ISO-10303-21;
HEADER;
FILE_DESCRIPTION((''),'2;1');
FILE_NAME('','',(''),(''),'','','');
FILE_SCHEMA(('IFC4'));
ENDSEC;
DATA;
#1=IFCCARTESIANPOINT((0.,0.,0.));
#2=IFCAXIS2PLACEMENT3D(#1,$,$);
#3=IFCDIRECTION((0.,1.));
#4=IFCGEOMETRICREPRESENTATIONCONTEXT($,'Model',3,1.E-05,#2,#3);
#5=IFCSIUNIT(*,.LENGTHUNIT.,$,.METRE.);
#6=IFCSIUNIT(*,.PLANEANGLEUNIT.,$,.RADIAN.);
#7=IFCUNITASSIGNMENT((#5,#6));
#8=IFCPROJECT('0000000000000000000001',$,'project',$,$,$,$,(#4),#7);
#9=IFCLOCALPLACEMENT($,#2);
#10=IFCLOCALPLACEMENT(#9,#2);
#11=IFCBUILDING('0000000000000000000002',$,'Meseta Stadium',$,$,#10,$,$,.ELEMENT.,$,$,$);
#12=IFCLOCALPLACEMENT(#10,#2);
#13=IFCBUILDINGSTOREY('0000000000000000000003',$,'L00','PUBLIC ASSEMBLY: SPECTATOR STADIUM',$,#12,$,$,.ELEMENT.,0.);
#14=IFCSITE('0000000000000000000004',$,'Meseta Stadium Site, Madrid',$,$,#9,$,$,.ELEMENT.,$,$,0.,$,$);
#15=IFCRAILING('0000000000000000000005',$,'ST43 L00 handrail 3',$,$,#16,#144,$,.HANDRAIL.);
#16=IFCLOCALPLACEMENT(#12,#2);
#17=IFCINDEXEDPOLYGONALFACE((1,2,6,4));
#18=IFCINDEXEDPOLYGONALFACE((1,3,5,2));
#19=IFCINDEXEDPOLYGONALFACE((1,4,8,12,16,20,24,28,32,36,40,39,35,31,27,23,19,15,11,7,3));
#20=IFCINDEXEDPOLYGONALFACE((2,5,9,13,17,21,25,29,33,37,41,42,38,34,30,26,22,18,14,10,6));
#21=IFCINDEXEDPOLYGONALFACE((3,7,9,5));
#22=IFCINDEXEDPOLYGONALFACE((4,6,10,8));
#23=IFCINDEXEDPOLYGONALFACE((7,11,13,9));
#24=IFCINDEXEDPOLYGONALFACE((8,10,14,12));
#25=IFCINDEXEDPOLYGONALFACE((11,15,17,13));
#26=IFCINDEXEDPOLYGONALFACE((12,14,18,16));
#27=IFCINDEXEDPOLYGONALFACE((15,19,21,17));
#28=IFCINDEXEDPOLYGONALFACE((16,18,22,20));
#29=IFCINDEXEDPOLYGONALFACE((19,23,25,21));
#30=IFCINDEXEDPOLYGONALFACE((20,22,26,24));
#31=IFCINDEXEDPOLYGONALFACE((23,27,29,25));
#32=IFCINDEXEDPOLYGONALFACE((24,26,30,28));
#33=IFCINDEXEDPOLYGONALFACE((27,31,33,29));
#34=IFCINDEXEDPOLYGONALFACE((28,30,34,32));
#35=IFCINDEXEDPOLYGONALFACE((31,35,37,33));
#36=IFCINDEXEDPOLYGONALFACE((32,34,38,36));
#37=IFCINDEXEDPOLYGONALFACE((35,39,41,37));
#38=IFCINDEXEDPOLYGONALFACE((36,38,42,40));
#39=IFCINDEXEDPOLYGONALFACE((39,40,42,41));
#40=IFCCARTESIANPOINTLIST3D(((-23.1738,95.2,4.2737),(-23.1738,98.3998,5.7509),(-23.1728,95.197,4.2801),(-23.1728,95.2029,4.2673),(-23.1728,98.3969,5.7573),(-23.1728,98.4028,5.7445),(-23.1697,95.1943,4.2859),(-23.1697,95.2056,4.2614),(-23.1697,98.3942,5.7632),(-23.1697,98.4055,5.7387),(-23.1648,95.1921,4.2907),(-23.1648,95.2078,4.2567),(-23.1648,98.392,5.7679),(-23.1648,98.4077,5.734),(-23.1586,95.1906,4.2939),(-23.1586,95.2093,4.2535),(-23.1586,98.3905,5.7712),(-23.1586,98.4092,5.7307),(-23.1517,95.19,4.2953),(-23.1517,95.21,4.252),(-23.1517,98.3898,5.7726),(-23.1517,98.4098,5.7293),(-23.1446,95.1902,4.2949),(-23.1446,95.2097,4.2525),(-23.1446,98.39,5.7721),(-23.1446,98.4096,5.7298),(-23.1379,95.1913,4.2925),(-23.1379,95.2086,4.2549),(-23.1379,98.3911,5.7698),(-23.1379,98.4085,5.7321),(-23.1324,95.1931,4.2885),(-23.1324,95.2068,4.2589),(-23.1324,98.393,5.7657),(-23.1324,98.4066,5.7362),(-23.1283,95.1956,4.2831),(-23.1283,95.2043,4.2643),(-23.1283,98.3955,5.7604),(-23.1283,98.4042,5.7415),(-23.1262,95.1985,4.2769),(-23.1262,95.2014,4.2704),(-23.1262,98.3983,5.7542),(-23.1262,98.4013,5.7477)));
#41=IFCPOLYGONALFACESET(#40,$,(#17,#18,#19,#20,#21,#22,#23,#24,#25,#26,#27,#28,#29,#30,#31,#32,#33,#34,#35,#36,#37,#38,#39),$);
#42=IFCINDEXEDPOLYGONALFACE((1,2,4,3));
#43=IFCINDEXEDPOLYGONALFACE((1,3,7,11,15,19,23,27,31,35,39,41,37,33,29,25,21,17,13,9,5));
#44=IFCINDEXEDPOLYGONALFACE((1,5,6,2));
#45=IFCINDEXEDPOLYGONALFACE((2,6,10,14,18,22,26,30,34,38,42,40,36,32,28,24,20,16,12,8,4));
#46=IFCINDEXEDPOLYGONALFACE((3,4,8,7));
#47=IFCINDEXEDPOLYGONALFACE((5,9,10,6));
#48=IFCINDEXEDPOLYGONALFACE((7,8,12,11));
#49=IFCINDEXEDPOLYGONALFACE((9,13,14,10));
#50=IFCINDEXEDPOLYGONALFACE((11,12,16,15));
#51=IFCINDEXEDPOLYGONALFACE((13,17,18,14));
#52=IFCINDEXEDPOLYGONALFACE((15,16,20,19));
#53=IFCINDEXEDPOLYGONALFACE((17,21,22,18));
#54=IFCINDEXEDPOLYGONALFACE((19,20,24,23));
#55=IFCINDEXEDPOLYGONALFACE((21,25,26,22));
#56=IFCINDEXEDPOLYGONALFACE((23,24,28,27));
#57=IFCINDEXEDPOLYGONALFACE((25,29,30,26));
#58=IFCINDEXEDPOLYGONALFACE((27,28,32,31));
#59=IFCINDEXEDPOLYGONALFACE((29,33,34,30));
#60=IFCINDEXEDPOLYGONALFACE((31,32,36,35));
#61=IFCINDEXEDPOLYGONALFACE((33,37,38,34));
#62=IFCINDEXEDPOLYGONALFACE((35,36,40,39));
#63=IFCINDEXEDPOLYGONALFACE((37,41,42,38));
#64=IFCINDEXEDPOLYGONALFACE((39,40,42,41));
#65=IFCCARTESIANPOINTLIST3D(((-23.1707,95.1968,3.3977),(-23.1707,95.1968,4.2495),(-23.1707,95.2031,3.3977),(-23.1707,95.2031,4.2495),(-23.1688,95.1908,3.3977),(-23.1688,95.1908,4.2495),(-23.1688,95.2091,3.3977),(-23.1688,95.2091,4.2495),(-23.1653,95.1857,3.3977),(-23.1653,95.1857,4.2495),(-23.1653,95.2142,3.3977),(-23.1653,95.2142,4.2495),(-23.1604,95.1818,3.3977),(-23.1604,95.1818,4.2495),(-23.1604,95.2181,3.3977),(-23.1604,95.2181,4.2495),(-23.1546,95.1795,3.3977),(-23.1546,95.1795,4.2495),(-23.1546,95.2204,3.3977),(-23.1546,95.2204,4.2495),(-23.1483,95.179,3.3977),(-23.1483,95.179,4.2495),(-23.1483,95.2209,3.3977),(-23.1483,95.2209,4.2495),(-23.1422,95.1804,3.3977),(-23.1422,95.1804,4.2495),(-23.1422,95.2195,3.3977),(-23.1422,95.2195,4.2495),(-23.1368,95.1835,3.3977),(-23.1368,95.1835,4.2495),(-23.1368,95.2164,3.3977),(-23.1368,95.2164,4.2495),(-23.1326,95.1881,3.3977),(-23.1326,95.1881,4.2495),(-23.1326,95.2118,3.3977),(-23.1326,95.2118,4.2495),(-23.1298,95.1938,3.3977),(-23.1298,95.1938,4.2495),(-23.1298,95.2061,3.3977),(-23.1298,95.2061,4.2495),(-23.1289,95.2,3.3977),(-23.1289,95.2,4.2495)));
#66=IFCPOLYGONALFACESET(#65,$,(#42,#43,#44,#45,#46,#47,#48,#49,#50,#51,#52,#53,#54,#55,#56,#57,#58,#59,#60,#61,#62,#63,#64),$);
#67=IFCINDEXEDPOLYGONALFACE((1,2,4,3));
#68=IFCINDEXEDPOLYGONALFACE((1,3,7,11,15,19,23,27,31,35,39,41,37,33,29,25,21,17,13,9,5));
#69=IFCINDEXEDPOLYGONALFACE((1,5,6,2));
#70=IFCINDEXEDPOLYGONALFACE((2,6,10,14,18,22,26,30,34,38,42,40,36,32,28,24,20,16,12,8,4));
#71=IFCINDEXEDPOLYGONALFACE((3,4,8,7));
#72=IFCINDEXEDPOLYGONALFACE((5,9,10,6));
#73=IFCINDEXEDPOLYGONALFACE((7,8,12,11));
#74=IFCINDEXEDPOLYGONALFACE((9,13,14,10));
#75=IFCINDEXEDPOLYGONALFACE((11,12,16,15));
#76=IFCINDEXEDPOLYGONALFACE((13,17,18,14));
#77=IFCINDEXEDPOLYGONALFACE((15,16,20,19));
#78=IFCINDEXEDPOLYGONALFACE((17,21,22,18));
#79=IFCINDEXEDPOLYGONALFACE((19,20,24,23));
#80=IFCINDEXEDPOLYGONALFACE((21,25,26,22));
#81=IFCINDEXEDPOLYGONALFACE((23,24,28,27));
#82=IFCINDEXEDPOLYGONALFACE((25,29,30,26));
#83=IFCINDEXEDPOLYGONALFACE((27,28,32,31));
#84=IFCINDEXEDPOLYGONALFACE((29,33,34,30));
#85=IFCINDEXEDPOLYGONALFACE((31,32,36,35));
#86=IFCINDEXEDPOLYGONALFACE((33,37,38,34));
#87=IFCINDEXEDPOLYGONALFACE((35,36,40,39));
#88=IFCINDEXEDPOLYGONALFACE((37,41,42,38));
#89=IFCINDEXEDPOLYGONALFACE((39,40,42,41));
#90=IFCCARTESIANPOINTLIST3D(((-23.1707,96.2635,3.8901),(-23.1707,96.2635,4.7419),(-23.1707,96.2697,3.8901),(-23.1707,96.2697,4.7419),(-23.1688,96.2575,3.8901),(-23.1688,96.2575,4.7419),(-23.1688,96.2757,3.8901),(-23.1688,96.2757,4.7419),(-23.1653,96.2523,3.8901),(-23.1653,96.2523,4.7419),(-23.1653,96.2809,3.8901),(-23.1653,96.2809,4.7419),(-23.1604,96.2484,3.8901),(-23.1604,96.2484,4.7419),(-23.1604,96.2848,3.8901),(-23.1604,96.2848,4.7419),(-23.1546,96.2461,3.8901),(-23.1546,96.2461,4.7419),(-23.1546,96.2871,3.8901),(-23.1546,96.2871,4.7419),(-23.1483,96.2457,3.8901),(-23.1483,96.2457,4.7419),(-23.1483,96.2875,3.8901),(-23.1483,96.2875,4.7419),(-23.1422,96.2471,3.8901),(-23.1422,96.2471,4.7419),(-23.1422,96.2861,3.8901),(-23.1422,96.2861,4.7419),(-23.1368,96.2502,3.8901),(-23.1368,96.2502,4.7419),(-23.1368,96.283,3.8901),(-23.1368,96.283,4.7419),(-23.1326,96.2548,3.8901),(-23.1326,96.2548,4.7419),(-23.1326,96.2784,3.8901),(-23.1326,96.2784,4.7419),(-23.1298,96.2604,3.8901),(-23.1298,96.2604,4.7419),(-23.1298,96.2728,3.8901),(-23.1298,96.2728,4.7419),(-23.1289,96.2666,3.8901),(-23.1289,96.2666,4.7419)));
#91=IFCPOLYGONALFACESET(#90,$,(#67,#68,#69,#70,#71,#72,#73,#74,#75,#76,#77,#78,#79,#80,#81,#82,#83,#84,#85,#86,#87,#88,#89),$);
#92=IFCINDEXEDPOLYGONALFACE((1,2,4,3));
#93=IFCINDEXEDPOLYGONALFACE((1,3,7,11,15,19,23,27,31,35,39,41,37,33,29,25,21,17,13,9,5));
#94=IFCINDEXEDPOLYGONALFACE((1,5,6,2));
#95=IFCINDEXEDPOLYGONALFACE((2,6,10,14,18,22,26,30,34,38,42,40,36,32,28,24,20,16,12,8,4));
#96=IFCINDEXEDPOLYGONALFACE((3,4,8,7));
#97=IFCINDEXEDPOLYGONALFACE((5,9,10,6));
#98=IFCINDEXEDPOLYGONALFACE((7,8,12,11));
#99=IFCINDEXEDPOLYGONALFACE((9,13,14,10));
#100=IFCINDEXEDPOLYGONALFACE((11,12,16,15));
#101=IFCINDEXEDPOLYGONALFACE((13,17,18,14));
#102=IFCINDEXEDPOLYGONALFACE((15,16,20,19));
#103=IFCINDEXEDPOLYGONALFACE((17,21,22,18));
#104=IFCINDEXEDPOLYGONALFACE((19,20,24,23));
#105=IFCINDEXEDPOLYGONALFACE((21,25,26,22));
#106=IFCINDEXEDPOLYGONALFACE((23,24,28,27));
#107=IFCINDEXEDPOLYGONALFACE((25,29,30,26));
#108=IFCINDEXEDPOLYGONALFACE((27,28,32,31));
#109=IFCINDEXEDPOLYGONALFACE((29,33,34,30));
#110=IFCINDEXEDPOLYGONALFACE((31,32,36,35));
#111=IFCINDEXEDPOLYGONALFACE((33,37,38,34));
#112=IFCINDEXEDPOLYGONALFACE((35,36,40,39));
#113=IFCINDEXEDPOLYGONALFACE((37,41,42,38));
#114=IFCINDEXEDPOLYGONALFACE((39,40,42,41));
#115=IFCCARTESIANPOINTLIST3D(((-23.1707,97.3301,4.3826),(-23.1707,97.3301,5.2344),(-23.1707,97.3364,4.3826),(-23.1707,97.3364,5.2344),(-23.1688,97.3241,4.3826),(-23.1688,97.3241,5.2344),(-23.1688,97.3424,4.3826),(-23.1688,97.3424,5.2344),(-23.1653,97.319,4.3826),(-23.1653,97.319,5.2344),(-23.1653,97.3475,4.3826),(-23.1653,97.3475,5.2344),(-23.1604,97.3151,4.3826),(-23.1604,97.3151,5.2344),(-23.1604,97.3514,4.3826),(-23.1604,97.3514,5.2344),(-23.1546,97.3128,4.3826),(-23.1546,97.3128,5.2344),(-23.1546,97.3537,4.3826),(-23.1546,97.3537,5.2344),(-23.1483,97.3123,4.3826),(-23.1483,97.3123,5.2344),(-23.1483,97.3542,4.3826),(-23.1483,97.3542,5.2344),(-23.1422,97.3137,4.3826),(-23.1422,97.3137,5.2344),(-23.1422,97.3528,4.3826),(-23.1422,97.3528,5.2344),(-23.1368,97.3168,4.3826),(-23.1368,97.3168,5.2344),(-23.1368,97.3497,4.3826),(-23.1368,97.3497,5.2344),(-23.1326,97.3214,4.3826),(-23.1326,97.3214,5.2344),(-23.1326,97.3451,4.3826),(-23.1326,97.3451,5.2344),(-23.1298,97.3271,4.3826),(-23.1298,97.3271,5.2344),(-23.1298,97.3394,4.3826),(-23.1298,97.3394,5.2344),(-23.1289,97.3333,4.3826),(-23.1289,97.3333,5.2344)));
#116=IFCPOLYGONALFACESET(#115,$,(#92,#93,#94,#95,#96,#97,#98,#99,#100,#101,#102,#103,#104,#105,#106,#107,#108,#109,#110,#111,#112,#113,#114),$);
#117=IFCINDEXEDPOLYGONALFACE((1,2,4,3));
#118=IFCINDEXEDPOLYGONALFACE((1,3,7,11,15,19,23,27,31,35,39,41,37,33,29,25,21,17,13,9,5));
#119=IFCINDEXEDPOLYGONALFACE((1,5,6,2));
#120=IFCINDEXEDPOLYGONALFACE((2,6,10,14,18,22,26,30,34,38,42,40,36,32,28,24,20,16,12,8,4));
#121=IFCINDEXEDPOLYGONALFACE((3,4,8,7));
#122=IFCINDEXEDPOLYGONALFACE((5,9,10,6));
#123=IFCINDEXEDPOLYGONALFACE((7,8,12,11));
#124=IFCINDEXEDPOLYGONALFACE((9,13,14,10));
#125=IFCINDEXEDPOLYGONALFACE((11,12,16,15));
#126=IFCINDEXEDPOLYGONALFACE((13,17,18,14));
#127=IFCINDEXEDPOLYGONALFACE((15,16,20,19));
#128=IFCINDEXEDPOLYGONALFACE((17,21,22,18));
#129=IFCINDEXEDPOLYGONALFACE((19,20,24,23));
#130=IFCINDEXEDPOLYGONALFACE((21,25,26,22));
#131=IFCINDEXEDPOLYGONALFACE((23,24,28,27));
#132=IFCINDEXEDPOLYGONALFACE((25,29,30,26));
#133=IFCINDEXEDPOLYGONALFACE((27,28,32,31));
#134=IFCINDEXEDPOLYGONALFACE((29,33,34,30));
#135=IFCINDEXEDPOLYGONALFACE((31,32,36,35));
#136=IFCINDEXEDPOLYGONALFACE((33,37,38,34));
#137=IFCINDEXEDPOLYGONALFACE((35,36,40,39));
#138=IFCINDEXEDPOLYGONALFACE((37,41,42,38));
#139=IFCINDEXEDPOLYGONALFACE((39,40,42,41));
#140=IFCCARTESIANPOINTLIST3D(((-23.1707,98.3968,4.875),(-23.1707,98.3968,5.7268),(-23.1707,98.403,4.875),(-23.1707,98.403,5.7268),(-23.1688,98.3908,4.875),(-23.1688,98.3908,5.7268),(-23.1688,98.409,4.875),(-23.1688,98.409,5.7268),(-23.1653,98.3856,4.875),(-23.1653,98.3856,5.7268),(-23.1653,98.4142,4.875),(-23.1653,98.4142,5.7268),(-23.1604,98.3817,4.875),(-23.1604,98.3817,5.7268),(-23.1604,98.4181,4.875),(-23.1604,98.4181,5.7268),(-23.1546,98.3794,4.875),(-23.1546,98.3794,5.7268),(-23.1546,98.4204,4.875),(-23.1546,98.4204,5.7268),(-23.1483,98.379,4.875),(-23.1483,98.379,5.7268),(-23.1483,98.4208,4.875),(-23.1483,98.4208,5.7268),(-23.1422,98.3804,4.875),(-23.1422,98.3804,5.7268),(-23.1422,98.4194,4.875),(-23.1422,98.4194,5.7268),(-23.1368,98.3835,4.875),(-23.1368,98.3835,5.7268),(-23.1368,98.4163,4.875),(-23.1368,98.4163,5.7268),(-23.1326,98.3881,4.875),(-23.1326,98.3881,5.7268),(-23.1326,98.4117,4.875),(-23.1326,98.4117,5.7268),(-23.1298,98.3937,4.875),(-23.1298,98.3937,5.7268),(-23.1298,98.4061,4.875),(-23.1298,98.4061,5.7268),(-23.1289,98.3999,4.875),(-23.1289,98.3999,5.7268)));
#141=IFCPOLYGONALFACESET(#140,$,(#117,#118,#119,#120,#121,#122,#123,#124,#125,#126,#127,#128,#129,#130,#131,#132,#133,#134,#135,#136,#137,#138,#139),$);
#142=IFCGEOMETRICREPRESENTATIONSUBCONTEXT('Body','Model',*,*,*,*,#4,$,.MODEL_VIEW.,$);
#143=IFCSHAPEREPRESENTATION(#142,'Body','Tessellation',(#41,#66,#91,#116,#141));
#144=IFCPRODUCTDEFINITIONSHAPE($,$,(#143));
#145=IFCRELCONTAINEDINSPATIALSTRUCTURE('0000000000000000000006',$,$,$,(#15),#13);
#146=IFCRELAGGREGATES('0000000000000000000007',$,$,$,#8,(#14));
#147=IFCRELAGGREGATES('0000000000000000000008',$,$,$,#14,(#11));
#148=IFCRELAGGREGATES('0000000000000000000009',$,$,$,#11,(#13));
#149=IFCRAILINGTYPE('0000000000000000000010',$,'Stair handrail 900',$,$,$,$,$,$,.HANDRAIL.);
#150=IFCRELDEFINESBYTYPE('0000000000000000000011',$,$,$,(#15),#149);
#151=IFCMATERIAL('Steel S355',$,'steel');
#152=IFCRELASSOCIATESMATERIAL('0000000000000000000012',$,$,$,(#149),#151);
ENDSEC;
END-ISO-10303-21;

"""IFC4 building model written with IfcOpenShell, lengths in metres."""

from ifc_helpers import new_model, si_unit, direction, frame, origin, origin_2d, place, context, subcontext, project, spatial, circle, extrude, material, type_object, element, save


model = new_model("IFC4")

# Units and contexts
model_context = context("Model", 3, precision=1e-05, world=origin(), true_north=direction((0.0, 1.0)))
body_context = subcontext(model_context, "Body", "Model", "MODEL_VIEW")
ifc_project = project(units=[si_unit("LENGTHUNIT", "METRE"), si_unit("PLANEANGLEUNIT", "RADIAN")], contexts=[model_context])

# Site, building, storey
site_placement = place(None, origin())
site = spatial("IfcSite", under=ifc_project, at=site_placement, Name="Meseta Stadium Site, Madrid", CompositionType="ELEMENT", RefElevation=0.0)
building_placement = place(site_placement, origin())
building = spatial("IfcBuilding", under=site, at=building_placement, Name="Meseta Stadium", CompositionType="ELEMENT")
storey_placement = place(building_placement, origin())
storey = spatial("IfcBuildingStorey", under=building, at=storey_placement, Name="L00", Description="PUBLIC ASSEMBLY: SPECTATOR STADIUM", CompositionType="ELEMENT", Elevation=0.0)

# Railing
ifc_material_1 = material(Name="Steel S355", Category="steel")
railing_type_1 = type_object("IfcRailingType", Name="Stair handrail 900", PredefinedType="HANDRAIL", material=ifc_material_1)
railing_1_placement = place(storey_placement, frame((-23.1499, 95.2, 3.3977)))
element("IfcRailing", 1, at=railing_1_placement, inside=storey, type_object=railing_type_1, Name="ST43 L00 handrail 3", PredefinedType="HANDRAIL", context=body_context, shape_type="SweptSolid", body=[
    extrude(circle(Radius=0.0239, at=origin_2d()), frame((0.0, 0.0, 0.876), z_axis=(0.0, 0.907917, 0.41915), x_axis=(-1.0, 0.0, 0.0)), (0.0, 0.0, 1.0), 3.5244),
    extrude(circle(Radius=0.021, at=origin_2d()), origin(), (0.0, 0.0, 1.0), 0.8518),
    extrude(circle(Radius=0.021, at=origin_2d()), frame((0.0, 1.0667, 0.4924)), (0.0, 0.0, 1.0), 0.8518),
    extrude(circle(Radius=0.021, at=origin_2d()), frame((0.0, 2.1333, 0.9849)), (0.0, 0.0, 1.0), 0.8518),
    extrude(circle(Radius=0.021, at=origin_2d()), frame((0.0, 3.2, 1.4773)), (0.0, 0.0, 1.0), 0.8518),
])

save(model, "model.ifc")
